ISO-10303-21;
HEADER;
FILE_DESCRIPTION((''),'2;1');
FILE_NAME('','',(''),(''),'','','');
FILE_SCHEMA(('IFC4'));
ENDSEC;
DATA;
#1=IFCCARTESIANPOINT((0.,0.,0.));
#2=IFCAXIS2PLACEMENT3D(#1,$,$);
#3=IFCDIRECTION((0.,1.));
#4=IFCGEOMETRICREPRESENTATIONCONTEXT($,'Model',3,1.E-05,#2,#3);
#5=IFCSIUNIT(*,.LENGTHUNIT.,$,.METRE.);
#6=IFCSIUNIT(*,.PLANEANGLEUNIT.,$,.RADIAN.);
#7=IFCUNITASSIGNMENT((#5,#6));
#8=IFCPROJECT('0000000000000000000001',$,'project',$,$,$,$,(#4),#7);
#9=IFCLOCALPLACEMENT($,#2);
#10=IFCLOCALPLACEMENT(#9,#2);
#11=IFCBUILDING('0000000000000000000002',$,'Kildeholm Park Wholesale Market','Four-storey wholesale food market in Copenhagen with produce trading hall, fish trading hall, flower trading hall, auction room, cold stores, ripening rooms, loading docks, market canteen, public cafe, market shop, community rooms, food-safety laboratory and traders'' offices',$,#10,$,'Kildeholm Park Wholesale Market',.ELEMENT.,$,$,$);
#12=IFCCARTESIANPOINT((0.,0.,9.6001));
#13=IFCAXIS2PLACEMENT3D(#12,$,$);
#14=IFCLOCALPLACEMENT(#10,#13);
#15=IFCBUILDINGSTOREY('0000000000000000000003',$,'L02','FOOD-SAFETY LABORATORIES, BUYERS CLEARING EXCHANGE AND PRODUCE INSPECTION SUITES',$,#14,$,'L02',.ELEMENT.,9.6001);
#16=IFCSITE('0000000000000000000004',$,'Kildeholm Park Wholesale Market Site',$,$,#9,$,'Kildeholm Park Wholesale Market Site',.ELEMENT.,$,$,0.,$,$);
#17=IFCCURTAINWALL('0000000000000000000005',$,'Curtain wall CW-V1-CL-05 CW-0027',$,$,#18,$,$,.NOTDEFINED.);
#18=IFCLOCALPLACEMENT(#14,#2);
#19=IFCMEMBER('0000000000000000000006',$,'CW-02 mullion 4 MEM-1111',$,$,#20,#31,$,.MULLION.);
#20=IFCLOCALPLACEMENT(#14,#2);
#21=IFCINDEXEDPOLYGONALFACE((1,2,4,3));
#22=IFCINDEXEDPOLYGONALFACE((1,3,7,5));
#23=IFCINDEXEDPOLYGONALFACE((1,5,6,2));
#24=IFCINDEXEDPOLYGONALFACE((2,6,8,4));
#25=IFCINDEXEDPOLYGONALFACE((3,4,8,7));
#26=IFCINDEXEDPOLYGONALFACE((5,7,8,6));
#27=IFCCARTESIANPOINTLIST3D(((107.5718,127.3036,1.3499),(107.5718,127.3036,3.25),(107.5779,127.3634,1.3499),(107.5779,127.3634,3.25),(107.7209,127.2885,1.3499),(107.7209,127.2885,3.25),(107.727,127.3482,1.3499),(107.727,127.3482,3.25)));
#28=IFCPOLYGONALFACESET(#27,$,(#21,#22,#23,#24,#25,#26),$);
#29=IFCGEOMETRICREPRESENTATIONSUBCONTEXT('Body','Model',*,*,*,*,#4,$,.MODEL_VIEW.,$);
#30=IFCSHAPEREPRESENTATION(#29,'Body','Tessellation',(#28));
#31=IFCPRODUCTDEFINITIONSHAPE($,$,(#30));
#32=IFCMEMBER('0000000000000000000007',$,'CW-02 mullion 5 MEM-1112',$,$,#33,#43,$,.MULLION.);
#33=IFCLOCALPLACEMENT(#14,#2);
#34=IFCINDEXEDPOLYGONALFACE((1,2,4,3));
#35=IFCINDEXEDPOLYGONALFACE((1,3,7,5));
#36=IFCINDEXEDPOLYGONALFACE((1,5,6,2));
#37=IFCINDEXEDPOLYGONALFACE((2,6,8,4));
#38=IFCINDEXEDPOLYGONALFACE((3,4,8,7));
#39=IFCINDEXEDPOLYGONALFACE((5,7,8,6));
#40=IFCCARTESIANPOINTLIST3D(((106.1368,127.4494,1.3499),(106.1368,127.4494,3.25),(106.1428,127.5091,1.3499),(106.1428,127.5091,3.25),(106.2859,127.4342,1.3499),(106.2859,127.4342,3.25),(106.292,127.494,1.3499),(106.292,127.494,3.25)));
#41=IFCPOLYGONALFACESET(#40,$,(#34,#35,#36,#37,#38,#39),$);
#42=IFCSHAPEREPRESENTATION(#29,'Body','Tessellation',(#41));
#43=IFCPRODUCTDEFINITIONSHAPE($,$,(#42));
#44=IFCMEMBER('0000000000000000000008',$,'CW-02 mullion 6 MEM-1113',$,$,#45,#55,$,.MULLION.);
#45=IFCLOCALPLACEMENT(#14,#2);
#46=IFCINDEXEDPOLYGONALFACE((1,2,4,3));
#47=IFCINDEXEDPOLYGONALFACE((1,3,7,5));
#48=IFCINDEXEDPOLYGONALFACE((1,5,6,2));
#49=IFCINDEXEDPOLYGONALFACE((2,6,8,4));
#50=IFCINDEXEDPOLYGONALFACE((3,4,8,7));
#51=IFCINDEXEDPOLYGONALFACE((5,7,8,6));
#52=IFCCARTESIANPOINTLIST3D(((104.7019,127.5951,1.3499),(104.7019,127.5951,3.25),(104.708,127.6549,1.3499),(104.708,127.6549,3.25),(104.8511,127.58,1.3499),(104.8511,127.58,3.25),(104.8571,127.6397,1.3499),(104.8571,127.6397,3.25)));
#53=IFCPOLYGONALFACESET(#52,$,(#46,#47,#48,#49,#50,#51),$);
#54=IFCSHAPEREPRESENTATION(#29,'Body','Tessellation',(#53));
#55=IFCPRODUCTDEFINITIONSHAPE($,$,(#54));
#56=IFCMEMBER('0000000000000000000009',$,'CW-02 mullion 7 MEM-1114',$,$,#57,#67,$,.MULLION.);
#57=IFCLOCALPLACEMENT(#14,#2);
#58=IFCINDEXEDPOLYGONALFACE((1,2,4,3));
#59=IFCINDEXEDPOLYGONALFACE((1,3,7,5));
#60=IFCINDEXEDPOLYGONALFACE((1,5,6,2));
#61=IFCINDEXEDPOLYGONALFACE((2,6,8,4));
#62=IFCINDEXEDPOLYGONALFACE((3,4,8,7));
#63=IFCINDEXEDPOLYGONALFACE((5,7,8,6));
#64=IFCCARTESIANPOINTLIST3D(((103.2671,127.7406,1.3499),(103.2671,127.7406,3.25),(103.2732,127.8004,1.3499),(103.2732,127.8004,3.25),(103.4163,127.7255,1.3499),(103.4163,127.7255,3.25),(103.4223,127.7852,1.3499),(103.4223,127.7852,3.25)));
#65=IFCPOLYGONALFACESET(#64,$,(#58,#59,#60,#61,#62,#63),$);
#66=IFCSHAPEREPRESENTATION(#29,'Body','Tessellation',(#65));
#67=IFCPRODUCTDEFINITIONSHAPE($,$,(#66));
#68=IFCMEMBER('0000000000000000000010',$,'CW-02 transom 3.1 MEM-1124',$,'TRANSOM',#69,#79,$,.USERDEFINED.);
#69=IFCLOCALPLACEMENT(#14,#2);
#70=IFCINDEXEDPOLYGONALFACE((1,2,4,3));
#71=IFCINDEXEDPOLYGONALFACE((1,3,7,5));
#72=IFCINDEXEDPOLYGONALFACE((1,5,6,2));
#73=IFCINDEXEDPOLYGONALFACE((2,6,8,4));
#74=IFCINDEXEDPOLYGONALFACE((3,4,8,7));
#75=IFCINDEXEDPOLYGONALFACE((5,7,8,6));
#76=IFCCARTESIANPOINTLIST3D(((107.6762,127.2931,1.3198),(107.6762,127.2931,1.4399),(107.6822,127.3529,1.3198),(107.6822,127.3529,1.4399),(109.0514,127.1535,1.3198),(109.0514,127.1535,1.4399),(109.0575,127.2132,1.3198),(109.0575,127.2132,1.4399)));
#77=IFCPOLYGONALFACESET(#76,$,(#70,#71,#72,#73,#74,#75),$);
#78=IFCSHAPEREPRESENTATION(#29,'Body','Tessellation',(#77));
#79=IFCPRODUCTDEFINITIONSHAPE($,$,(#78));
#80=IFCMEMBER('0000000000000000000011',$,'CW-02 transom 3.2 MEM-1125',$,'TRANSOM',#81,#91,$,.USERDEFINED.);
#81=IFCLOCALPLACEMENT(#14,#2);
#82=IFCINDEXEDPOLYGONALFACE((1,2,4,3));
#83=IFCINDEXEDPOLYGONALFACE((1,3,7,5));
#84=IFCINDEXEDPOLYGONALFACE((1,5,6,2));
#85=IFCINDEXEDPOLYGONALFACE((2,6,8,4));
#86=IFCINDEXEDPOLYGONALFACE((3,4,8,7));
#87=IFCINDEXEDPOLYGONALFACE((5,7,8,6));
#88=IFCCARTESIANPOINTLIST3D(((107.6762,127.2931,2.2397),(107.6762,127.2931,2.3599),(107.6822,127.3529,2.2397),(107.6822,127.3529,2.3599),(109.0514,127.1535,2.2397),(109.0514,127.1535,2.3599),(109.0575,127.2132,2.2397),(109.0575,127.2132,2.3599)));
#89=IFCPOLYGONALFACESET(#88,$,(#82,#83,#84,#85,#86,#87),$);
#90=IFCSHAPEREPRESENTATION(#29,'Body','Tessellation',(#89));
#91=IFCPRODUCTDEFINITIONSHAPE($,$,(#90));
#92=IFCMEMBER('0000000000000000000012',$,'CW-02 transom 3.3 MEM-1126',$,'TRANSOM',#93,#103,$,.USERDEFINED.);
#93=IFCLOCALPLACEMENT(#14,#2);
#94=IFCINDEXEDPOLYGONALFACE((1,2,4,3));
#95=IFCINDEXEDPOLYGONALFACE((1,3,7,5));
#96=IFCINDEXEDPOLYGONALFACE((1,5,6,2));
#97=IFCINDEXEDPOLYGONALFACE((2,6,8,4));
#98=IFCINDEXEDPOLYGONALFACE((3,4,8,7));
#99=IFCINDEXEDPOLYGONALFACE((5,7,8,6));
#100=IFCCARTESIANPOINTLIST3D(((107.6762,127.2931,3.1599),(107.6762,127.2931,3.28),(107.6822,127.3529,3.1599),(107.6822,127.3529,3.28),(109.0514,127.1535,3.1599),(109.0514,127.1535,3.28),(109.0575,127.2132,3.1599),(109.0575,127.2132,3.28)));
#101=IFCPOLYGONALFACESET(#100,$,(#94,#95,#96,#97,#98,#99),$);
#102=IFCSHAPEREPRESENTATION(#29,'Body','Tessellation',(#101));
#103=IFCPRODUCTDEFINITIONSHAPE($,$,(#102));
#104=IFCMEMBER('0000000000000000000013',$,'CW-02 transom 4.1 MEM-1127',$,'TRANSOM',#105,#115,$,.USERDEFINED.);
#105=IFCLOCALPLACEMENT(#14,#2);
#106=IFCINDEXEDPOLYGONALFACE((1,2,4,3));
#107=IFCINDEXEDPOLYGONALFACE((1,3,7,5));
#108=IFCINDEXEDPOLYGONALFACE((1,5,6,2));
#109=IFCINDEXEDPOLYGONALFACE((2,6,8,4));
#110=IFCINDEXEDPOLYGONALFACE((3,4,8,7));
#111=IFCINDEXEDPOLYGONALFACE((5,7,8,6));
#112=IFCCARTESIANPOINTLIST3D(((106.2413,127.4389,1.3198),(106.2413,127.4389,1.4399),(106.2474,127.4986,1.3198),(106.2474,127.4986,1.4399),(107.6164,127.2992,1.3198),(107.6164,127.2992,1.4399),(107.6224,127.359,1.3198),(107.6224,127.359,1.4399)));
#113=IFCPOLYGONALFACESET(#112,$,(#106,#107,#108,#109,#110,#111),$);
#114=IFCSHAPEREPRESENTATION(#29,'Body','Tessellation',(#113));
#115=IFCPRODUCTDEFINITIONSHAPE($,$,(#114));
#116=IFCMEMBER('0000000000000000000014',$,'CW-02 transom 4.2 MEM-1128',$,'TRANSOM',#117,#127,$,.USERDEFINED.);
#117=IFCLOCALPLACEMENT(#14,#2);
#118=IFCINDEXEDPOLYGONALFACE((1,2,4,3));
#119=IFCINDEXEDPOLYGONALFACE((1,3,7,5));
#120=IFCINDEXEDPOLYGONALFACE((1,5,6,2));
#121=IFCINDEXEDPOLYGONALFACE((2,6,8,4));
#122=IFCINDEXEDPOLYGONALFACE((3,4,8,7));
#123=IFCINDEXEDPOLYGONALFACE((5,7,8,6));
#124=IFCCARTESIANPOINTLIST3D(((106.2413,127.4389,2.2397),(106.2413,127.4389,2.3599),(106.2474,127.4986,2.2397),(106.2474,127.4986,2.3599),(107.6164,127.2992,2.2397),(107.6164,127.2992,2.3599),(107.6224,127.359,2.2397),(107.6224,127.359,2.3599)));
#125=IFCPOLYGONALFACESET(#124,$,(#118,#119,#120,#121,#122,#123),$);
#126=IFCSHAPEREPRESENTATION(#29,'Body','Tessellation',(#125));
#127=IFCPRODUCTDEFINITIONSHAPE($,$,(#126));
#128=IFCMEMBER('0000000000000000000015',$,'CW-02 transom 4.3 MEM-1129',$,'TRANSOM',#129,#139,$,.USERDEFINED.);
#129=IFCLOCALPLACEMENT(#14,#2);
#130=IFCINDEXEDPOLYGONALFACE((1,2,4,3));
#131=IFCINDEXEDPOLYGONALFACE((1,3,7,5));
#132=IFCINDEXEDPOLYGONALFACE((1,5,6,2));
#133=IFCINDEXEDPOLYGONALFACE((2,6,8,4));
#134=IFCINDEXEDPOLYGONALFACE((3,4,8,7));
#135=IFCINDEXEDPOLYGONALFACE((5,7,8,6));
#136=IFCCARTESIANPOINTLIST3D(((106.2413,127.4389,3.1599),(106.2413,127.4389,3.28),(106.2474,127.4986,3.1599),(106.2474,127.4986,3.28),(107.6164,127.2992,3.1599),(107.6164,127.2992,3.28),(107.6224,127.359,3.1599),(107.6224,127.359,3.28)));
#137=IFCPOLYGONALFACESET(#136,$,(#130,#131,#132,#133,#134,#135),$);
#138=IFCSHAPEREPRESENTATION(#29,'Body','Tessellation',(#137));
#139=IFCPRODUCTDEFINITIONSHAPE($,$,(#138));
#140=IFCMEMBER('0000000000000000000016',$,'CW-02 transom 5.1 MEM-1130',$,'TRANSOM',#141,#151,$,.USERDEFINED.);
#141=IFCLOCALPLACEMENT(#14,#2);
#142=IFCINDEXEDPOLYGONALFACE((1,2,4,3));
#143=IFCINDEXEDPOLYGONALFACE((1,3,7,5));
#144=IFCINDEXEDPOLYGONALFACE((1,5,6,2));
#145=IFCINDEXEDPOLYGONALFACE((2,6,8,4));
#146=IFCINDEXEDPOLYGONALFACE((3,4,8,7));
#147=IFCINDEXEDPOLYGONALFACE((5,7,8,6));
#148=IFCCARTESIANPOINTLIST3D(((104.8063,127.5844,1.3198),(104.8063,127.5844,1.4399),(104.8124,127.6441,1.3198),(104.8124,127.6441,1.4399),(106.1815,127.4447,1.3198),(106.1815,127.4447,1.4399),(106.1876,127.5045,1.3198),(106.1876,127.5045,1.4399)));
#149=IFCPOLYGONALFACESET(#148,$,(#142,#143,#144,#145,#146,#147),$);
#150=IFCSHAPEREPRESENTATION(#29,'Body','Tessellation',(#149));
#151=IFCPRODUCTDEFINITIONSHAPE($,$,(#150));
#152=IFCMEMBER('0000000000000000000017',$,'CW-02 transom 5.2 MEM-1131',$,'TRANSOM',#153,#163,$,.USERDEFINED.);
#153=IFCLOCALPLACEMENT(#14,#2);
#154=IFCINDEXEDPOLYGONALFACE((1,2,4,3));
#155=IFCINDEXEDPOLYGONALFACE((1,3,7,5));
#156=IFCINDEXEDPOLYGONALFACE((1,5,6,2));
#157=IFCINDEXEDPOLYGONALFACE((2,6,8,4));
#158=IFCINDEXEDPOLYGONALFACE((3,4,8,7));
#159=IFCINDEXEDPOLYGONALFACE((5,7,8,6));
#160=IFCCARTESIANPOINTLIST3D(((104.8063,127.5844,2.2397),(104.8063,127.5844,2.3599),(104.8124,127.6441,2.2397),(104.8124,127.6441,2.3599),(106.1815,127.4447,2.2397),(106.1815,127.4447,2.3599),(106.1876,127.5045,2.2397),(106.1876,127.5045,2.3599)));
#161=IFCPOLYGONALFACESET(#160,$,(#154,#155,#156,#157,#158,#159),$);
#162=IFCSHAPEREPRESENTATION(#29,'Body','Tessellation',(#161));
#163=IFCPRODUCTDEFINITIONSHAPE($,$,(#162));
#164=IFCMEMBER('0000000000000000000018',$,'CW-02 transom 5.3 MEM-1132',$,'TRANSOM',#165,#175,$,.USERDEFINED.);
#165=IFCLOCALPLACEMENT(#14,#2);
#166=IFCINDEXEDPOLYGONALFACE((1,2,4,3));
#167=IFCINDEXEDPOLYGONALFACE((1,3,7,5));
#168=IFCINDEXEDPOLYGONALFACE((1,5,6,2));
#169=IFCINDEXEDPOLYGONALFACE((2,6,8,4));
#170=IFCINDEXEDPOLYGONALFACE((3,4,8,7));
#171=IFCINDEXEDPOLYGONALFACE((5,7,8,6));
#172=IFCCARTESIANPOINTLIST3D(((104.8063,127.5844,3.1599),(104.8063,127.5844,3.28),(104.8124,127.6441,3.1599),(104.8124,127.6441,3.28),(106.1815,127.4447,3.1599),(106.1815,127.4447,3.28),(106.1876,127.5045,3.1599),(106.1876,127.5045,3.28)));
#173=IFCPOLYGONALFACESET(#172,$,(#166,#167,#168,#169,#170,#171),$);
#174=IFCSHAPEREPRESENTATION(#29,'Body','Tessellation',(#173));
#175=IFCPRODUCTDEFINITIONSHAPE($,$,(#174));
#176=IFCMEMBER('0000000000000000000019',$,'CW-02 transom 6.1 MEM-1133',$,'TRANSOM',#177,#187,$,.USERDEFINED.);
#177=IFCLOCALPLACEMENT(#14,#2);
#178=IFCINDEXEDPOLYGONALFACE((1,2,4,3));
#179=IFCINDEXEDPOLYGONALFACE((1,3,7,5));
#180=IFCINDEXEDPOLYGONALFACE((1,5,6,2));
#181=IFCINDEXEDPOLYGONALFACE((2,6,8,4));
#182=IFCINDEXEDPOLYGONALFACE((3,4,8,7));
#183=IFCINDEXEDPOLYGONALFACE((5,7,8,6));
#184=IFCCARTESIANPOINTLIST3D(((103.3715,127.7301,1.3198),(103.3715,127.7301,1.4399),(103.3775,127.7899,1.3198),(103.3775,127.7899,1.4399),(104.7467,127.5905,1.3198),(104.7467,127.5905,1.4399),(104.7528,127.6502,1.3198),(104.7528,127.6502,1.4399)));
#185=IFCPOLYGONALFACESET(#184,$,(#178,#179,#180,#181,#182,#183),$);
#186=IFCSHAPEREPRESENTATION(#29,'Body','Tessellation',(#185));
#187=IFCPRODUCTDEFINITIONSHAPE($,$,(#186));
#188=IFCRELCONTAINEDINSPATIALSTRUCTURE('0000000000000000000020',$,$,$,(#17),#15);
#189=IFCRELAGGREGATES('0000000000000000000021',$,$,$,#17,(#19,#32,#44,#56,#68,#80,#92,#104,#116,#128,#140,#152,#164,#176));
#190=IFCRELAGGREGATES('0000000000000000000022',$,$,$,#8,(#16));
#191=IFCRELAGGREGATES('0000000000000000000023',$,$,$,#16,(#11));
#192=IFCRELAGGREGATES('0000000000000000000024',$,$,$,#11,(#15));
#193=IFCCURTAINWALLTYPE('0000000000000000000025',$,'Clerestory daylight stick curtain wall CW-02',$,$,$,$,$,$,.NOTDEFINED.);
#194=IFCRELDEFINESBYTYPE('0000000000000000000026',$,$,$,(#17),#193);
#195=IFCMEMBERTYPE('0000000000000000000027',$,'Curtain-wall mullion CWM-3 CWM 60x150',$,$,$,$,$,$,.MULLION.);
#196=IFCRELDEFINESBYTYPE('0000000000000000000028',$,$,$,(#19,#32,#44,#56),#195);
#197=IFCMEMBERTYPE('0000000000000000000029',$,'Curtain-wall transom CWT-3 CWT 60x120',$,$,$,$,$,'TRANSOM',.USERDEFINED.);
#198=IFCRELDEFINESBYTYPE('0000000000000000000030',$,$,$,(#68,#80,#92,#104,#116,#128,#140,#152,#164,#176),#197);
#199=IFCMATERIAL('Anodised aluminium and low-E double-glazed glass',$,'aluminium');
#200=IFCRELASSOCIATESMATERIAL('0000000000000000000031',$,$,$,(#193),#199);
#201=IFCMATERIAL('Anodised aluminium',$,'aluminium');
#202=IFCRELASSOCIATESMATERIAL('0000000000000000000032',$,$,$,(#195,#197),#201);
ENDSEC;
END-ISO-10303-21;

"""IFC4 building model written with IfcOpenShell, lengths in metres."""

from ifc_helpers import new_model, si_unit, direction, frame, origin, origin_2d, place, context, subcontext, project, spatial, rectangle, extrude, material, material_profile, profile_set, type_object, element, aggregate, save


model = new_model("IFC4")

# Units and contexts
model_context = context("Model", 3, precision=1e-05, world=origin(), true_north=direction((0.0, 1.0)))
body_context = subcontext(model_context, "Body", "Model", "MODEL_VIEW")
ifc_project = project(units=[si_unit("LENGTHUNIT", "METRE"), si_unit("PLANEANGLEUNIT", "RADIAN")], contexts=[model_context])

# Site, building, storey
site_placement = place(None, origin())
site = spatial("IfcSite", under=ifc_project, at=site_placement, Name="Kildeholm Park Wholesale Market Site", LongName="Kildeholm Park Wholesale Market Site", CompositionType="ELEMENT", RefElevation=0.0)
building_placement = place(site_placement, origin())
building = spatial("IfcBuilding", under=site, at=building_placement, Name="Kildeholm Park Wholesale Market", Description="Four-storey wholesale food market in Copenhagen with produce trading hall, fish trading hall, flower trading hall, auction room, cold stores, ripening rooms, loading docks, market canteen, public cafe, market shop, community rooms, food-safety laboratory and traders' offices", LongName="Kildeholm Park Wholesale Market", CompositionType="ELEMENT")
storey_placement = place(building_placement, frame((0.0, 0.0, 9.6001)))
storey = spatial("IfcBuildingStorey", under=building, at=storey_placement, Name="L02", Description="FOOD-SAFETY LABORATORIES, BUYERS CLEARING EXCHANGE AND PRODUCE INSPECTION SUITES", LongName="L02", CompositionType="ELEMENT", Elevation=9.6001)

# Curtain wall, members
ifc_material_1 = material(Name="Anodised aluminium and low-E double-glazed glass", Category="aluminium")
curtain_wall_type = type_object("IfcCurtainWallType", Name="Clerestory daylight stick curtain wall CW-02", PredefinedType="NOTDEFINED", material=ifc_material_1)
curtain_wall_placement = place(storey_placement, origin())
curtain_wall = element("IfcCurtainWall", 1, at=curtain_wall_placement, inside=storey, type_object=curtain_wall_type, Name="Curtain wall CW-V1-CL-05 CW-0027", PredefinedType="NOTDEFINED")
ifc_material_2 = material(Name="Anodised aluminium", Category="aluminium")
ifc_material_profile_1 = material_profile(ifc_material_2, rectangle(XDim=0.0601, YDim=0.1499, at=origin_2d()), Name="CWM 60x150")
ifc_profile_set_1 = profile_set([ifc_material_profile_1], Name="Anodised aluminium")
member_type_1 = type_object("IfcMemberType", Name="Curtain-wall mullion CWM-3 CWM 60x150", PredefinedType="MULLION", material=ifc_profile_set_1)
member_1_placement = place(storey_placement, frame((107.6494, 127.3259, 1.3499), z_axis=(0.0, 0.0, 1.0), x_axis=(-0.100999, -0.994887, 0.0)))
member_1 = element("IfcMember", 2, at=member_1_placement, type_object=member_type_1, Name="CW-02 mullion 4 MEM-1111", PredefinedType="MULLION", context=body_context, shape_type="SweptSolid", body=[
    extrude(rectangle(XDim=0.0601, YDim=0.1499, at=origin_2d()), origin(), (0.0, 0.0, 1.0), 1.9001),
])
member_2_placement = place(storey_placement, frame((106.2144, 127.4717, 1.3499), z_axis=(0.0, 0.0, 1.0), x_axis=(-0.100999, -0.994887, 0.0)))
member_2 = element("IfcMember", 3, at=member_2_placement, type_object=member_type_1, Name="CW-02 mullion 5 MEM-1112", PredefinedType="MULLION", context=body_context, shape_type="SweptSolid", body=[
    extrude(rectangle(XDim=0.0601, YDim=0.1499, at=origin_2d()), origin(), (0.0, 0.0, 1.0), 1.9001),
])
member_3_placement = place(storey_placement, frame((104.7795, 127.6174, 1.3499), z_axis=(0.0, 0.0, 1.0), x_axis=(-0.100999, -0.994887, 0.0)))
member_3 = element("IfcMember", 4, at=member_3_placement, type_object=member_type_1, Name="CW-02 mullion 6 MEM-1113", PredefinedType="MULLION", context=body_context, shape_type="SweptSolid", body=[
    extrude(rectangle(XDim=0.0601, YDim=0.1499, at=origin_2d()), origin(), (0.0, 0.0, 1.0), 1.9001),
])
member_4_placement = place(storey_placement, frame((103.3447, 127.7629, 1.3499), z_axis=(0.0, 0.0, 1.0), x_axis=(-0.100999, -0.994887, 0.0)))
member_4 = element("IfcMember", 5, at=member_4_placement, type_object=member_type_1, Name="CW-02 mullion 7 MEM-1114", PredefinedType="MULLION", context=body_context, shape_type="SweptSolid", body=[
    extrude(rectangle(XDim=0.0601, YDim=0.1499, at=origin_2d()), origin(), (0.0, 0.0, 1.0), 1.9001),
])
ifc_material_profile_2 = material_profile(ifc_material_2, rectangle(XDim=0.0601, YDim=0.1201, at=origin_2d()), Name="CWT 60x120")
ifc_profile_set_2 = profile_set([ifc_material_profile_2], Name="Anodised aluminium")
member_type_2 = type_object("IfcMemberType", Name="Curtain-wall transom CWT-3 CWT 60x120", ElementType="TRANSOM", PredefinedType="USERDEFINED", material=ifc_profile_set_2)
member_5_placement = place(storey_placement, frame((109.0544, 127.1833, 1.3799), z_axis=(-0.994884, 0.101025, 0.0), x_axis=(-0.101025, -0.994884, 0.0)))
member_5 = element("IfcMember", 6, at=member_5_placement, type_object=member_type_2, Name="CW-02 transom 3.1 MEM-1124", ObjectType="TRANSOM", PredefinedType="USERDEFINED", context=body_context, shape_type="SweptSolid", body=[
    extrude(rectangle(XDim=0.0601, YDim=0.1201, at=origin_2d()), origin(), (0.0, 0.0, 1.0), 1.3823),
])
member_6_placement = place(storey_placement, frame((109.0544, 127.1833, 2.2998), z_axis=(-0.994884, 0.101025, 0.0), x_axis=(-0.101025, -0.994884, 0.0)))
member_6 = element("IfcMember", 7, at=member_6_placement, type_object=member_type_2, Name="CW-02 transom 3.2 MEM-1125", ObjectType="TRANSOM", PredefinedType="USERDEFINED", context=body_context, shape_type="SweptSolid", body=[
    extrude(rectangle(XDim=0.0601, YDim=0.1201, at=origin_2d()), origin(), (0.0, 0.0, 1.0), 1.3823),
])
member_7_placement = place(storey_placement, frame((109.0544, 127.1833, 3.22), z_axis=(-0.994884, 0.101025, 0.0), x_axis=(-0.101025, -0.994884, 0.0)))
member_7 = element("IfcMember", 8, at=member_7_placement, type_object=member_type_2, Name="CW-02 transom 3.3 MEM-1126", ObjectType="TRANSOM", PredefinedType="USERDEFINED", context=body_context, shape_type="SweptSolid", body=[
    extrude(rectangle(XDim=0.0601, YDim=0.1201, at=origin_2d()), origin(), (0.0, 0.0, 1.0), 1.3823),
])
member_8_placement = place(storey_placement, frame((107.6194, 127.3291, 1.3799), z_axis=(-0.994882, 0.101043, 0.0), x_axis=(-0.101043, -0.994882, 0.0)))
member_8 = element("IfcMember", 9, at=member_8_placement, type_object=member_type_2, Name="CW-02 transom 4.1 MEM-1127", ObjectType="TRANSOM", PredefinedType="USERDEFINED", context=body_context, shape_type="SweptSolid", body=[
    extrude(rectangle(XDim=0.0601, YDim=0.1201, at=origin_2d()), origin(), (0.0, 0.0, 1.0), 1.3821),
])
member_9_placement = place(storey_placement, frame((107.6194, 127.3291, 2.2998), z_axis=(-0.994882, 0.101043, 0.0), x_axis=(-0.101043, -0.994882, 0.0)))
member_9 = element("IfcMember", 10, at=member_9_placement, type_object=member_type_2, Name="CW-02 transom 4.2 MEM-1128", ObjectType="TRANSOM", PredefinedType="USERDEFINED", context=body_context, shape_type="SweptSolid", body=[
    extrude(rectangle(XDim=0.0601, YDim=0.1201, at=origin_2d()), origin(), (0.0, 0.0, 1.0), 1.3821),
])
member_10_placement = place(storey_placement, frame((107.6194, 127.3291, 3.22), z_axis=(-0.994882, 0.101043, 0.0), x_axis=(-0.101043, -0.994882, 0.0)))
member_10 = element("IfcMember", 11, at=member_10_placement, type_object=member_type_2, Name="CW-02 transom 4.3 MEM-1129", ObjectType="TRANSOM", PredefinedType="USERDEFINED", context=body_context, shape_type="SweptSolid", body=[
    extrude(rectangle(XDim=0.0601, YDim=0.1201, at=origin_2d()), origin(), (0.0, 0.0, 1.0), 1.3821),
])
member_11_placement = place(storey_placement, frame((106.1846, 127.4746, 1.3799), z_axis=(-0.994884, 0.101025, 0.0), x_axis=(-0.101025, -0.994884, 0.0)))
member_11 = element("IfcMember", 12, at=member_11_placement, type_object=member_type_2, Name="CW-02 transom 5.1 MEM-1130", ObjectType="TRANSOM", PredefinedType="USERDEFINED", context=body_context, shape_type="SweptSolid", body=[
    extrude(rectangle(XDim=0.0601, YDim=0.1201, at=origin_2d()), origin(), (0.0, 0.0, 1.0), 1.3823),
])
member_12_placement = place(storey_placement, frame((106.1846, 127.4746, 2.2998), z_axis=(-0.994884, 0.101025, 0.0), x_axis=(-0.101025, -0.994884, 0.0)))
member_12 = element("IfcMember", 13, at=member_12_placement, type_object=member_type_2, Name="CW-02 transom 5.2 MEM-1131", ObjectType="TRANSOM", PredefinedType="USERDEFINED", context=body_context, shape_type="SweptSolid", body=[
    extrude(rectangle(XDim=0.0601, YDim=0.1201, at=origin_2d()), origin(), (0.0, 0.0, 1.0), 1.3823),
])
member_13_placement = place(storey_placement, frame((106.1846, 127.4746, 3.22), z_axis=(-0.994884, 0.101025, 0.0), x_axis=(-0.101025, -0.994884, 0.0)))
member_13 = element("IfcMember", 14, at=member_13_placement, type_object=member_type_2, Name="CW-02 transom 5.3 MEM-1132", ObjectType="TRANSOM", PredefinedType="USERDEFINED", context=body_context, shape_type="SweptSolid", body=[
    extrude(rectangle(XDim=0.0601, YDim=0.1201, at=origin_2d()), origin(), (0.0, 0.0, 1.0), 1.3823),
])
member_14_placement = place(storey_placement, frame((104.7498, 127.6204, 1.3799), z_axis=(-0.994884, 0.101025, 0.0), x_axis=(-0.101025, -0.994884, 0.0)))
member_14 = element("IfcMember", 15, at=member_14_placement, type_object=member_type_2, Name="CW-02 transom 6.1 MEM-1133", ObjectType="TRANSOM", PredefinedType="USERDEFINED", context=body_context, shape_type="SweptSolid", body=[
    extrude(rectangle(XDim=0.0601, YDim=0.1201, at=origin_2d()), origin(), (0.0, 0.0, 1.0), 1.3823),
])
aggregate(curtain_wall, [member_1, member_2, member_3, member_4, member_5, member_6, member_7, member_8, member_9, member_10, member_11, member_12, member_13, member_14])

save(model, "model.ifc")
